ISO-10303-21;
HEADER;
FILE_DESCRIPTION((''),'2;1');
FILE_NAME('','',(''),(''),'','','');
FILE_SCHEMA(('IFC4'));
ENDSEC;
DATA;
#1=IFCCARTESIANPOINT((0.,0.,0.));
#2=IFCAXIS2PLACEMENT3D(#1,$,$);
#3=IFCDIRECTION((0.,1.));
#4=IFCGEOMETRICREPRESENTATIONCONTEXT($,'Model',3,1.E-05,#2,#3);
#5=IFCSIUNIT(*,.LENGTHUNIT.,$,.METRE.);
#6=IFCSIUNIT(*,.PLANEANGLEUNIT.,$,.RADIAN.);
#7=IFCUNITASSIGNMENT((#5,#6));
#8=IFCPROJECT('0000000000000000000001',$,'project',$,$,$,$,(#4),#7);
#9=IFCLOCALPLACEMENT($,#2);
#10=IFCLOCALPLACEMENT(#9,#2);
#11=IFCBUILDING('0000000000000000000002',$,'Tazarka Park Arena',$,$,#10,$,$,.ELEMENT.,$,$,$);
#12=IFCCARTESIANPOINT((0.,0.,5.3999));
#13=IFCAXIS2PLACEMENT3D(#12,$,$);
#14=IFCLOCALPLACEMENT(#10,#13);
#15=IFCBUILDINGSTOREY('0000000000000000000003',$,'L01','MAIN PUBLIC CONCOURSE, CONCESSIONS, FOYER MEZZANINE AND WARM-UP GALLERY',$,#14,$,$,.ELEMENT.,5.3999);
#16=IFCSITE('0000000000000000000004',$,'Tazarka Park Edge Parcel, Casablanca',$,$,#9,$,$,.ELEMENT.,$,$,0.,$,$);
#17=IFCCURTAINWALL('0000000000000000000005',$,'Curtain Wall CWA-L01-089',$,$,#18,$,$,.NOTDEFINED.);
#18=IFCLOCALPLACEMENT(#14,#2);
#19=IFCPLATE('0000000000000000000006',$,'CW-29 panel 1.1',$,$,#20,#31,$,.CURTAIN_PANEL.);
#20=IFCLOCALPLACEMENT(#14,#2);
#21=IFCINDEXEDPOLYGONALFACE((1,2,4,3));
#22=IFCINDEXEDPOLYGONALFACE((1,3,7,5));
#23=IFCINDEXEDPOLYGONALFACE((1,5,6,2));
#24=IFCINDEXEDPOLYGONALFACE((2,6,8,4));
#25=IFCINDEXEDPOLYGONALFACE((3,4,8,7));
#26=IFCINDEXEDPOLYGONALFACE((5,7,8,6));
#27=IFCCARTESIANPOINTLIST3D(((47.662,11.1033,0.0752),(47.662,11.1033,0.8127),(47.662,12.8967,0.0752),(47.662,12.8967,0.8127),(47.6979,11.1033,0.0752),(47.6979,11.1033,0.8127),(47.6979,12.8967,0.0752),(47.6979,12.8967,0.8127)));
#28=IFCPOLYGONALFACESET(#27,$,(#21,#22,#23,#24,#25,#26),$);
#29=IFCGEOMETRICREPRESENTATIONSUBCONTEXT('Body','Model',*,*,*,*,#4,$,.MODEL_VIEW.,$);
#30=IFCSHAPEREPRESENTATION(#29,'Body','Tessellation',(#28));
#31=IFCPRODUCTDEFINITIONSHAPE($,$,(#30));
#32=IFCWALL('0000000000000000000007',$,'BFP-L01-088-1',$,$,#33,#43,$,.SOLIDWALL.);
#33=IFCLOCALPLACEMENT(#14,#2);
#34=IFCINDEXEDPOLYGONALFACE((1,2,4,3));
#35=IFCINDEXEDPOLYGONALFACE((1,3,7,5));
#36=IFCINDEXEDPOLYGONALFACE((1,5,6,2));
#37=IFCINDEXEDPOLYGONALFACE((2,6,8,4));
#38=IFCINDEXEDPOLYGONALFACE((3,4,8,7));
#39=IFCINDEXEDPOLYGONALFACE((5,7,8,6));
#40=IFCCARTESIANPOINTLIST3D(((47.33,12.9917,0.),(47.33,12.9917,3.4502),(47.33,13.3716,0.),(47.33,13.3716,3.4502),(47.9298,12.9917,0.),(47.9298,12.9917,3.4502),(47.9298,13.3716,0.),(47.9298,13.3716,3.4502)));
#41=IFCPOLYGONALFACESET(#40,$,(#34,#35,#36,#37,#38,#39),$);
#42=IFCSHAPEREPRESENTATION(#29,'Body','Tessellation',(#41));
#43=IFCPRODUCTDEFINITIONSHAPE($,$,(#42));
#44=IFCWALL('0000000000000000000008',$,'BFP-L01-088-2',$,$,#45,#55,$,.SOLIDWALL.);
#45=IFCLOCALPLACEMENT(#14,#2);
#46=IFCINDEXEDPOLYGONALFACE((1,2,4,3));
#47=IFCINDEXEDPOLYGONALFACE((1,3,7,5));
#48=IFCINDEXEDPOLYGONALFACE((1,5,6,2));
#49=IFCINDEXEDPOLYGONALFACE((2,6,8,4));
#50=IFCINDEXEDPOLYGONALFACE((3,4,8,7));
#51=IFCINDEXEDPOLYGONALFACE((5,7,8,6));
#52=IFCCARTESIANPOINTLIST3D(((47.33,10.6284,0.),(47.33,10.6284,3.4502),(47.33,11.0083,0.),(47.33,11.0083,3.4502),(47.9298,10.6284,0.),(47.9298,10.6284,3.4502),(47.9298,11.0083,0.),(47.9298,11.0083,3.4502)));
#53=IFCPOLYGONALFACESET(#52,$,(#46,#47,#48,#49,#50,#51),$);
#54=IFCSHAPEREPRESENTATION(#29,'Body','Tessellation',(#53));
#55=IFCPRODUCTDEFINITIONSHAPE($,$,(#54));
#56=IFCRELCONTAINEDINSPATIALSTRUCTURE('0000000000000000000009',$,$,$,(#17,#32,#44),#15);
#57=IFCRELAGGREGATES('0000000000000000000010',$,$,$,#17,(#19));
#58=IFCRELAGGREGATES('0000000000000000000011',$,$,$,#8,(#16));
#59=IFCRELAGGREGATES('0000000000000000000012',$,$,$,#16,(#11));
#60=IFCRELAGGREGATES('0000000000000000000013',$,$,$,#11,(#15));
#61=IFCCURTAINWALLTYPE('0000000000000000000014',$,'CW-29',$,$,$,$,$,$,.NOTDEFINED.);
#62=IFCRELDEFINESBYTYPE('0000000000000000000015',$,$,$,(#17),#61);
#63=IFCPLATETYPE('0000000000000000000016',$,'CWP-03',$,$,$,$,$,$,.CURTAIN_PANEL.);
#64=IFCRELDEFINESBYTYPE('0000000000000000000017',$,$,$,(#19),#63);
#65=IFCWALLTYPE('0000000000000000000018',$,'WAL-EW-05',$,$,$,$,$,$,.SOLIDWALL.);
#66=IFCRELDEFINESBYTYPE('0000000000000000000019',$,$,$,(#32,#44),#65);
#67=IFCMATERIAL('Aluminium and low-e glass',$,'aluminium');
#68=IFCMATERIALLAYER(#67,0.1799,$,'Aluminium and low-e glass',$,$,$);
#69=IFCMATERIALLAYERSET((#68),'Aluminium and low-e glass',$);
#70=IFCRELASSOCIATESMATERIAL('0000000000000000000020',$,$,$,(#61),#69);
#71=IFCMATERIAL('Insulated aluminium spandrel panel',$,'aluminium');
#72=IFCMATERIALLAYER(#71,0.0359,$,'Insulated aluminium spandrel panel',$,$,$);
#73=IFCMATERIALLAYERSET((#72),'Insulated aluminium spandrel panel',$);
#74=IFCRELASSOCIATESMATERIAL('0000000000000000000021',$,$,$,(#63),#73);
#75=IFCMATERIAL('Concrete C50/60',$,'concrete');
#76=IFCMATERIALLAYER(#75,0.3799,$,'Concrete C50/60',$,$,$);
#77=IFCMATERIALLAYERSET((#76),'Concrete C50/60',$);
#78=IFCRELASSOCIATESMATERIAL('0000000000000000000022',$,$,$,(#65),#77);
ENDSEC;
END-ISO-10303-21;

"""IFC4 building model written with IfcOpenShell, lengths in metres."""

from ifc_helpers import new_model, si_unit, direction, frame, frame_2d, origin, origin_2d, place, context, subcontext, project, spatial, rectangle, extrude, material, layer, layer_set, type_object, element, aggregate, save


model = new_model("IFC4")

# Units and contexts
model_context = context("Model", 3, precision=1e-05, world=origin(), true_north=direction((0.0, 1.0)))
body_context = subcontext(model_context, "Body", "Model", "MODEL_VIEW")
ifc_project = project(units=[si_unit("LENGTHUNIT", "METRE"), si_unit("PLANEANGLEUNIT", "RADIAN")], contexts=[model_context])

# Site, building, storey
site_placement = place(None, origin())
site = spatial("IfcSite", under=ifc_project, at=site_placement, Name="Tazarka Park Edge Parcel, Casablanca", CompositionType="ELEMENT", RefElevation=0.0)
building_placement = place(site_placement, origin())
building = spatial("IfcBuilding", under=site, at=building_placement, Name="Tazarka Park Arena", CompositionType="ELEMENT")
storey_placement = place(building_placement, frame((0.0, 0.0, 5.3999)))
storey = spatial("IfcBuildingStorey", under=building, at=storey_placement, Name="L01", Description="MAIN PUBLIC CONCOURSE, CONCESSIONS, FOYER MEZZANINE AND WARM-UP GALLERY", CompositionType="ELEMENT", Elevation=5.3999)

# Curtain wall
ifc_material_1 = material(Name="Aluminium and low-e glass", Category="aluminium")
ifc_layer_1 = layer(ifc_material_1, 0.1799, Name="Aluminium and low-e glass")
ifc_layer_set_1 = layer_set([ifc_layer_1], Name="Aluminium and low-e glass")
curtain_wall_type_1 = type_object("IfcCurtainWallType", Name="CW-29", PredefinedType="NOTDEFINED", material=ifc_layer_set_1)
curtain_wall_1_placement = place(storey_placement, origin())
curtain_wall_1 = element("IfcCurtainWall", 1, at=curtain_wall_1_placement, inside=storey, type_object=curtain_wall_type_1, Name="Curtain Wall CWA-L01-089", PredefinedType="NOTDEFINED")

# Plate
ifc_material_2 = material(Name="Insulated aluminium spandrel panel", Category="aluminium")
ifc_layer_2 = layer(ifc_material_2, 0.0359, Name="Insulated aluminium spandrel panel")
ifc_layer_set_2 = layer_set([ifc_layer_2], Name="Insulated aluminium spandrel panel")
plate_type_1 = type_object("IfcPlateType", Name="CWP-03", PredefinedType="CURTAIN_PANEL", material=ifc_layer_set_2)
plate_1_placement = place(storey_placement, frame((47.6799, 12.0, 0.0752), z_axis=(0.0, 0.0, 1.0), x_axis=(0.0, -1.0, 0.0)))
plate_1 = element("IfcPlate", 2, at=plate_1_placement, type_object=plate_type_1, Name="CW-29 panel 1.1", PredefinedType="CURTAIN_PANEL", context=body_context, shape_type="SweptSolid", body=[
    extrude(rectangle(XDim=1.7935, YDim=0.0359, at=origin_2d()), origin(), (0.0, 0.0, 1.0), 0.7375),
])
aggregate(curtain_wall_1, [plate_1])

# Walls
ifc_material_3 = material(Name="Concrete C50/60", Category="concrete")
ifc_layer_3 = layer(ifc_material_3, 0.3799, Name="Concrete C50/60")
ifc_layer_set_3 = layer_set([ifc_layer_3], Name="Concrete C50/60")
wall_type = type_object("IfcWallType", Name="WAL-EW-05", PredefinedType="SOLIDWALL", material=ifc_layer_set_3)
for number, where, z_axis, x_axis, name in (
    (3, (47.3301, 13.1816, 0.0), (0.0, 0.0, 1.0), (1.0, 0.0, 0.0), "BFP-L01-088-1"),
    (4, (47.3301, 10.8184, 0.0), (0.0, 0.0, 1.0), (1.0, 0.0, 0.0), "BFP-L01-088-2"),
):
    element("IfcWall", number, at=place(storey_placement, frame(where, z_axis=z_axis, x_axis=x_axis)), inside=storey, type_object=wall_type, Name=name, PredefinedType="SOLIDWALL", context=body_context, shape_type="SweptSolid", body=[
        extrude(rectangle(XDim=0.5999, YDim=0.3799, at=frame_2d((0.2998, 0.0))), origin(), (0.0, 0.0, 1.0), 3.4502),
    ])

save(model, "model.ifc")
